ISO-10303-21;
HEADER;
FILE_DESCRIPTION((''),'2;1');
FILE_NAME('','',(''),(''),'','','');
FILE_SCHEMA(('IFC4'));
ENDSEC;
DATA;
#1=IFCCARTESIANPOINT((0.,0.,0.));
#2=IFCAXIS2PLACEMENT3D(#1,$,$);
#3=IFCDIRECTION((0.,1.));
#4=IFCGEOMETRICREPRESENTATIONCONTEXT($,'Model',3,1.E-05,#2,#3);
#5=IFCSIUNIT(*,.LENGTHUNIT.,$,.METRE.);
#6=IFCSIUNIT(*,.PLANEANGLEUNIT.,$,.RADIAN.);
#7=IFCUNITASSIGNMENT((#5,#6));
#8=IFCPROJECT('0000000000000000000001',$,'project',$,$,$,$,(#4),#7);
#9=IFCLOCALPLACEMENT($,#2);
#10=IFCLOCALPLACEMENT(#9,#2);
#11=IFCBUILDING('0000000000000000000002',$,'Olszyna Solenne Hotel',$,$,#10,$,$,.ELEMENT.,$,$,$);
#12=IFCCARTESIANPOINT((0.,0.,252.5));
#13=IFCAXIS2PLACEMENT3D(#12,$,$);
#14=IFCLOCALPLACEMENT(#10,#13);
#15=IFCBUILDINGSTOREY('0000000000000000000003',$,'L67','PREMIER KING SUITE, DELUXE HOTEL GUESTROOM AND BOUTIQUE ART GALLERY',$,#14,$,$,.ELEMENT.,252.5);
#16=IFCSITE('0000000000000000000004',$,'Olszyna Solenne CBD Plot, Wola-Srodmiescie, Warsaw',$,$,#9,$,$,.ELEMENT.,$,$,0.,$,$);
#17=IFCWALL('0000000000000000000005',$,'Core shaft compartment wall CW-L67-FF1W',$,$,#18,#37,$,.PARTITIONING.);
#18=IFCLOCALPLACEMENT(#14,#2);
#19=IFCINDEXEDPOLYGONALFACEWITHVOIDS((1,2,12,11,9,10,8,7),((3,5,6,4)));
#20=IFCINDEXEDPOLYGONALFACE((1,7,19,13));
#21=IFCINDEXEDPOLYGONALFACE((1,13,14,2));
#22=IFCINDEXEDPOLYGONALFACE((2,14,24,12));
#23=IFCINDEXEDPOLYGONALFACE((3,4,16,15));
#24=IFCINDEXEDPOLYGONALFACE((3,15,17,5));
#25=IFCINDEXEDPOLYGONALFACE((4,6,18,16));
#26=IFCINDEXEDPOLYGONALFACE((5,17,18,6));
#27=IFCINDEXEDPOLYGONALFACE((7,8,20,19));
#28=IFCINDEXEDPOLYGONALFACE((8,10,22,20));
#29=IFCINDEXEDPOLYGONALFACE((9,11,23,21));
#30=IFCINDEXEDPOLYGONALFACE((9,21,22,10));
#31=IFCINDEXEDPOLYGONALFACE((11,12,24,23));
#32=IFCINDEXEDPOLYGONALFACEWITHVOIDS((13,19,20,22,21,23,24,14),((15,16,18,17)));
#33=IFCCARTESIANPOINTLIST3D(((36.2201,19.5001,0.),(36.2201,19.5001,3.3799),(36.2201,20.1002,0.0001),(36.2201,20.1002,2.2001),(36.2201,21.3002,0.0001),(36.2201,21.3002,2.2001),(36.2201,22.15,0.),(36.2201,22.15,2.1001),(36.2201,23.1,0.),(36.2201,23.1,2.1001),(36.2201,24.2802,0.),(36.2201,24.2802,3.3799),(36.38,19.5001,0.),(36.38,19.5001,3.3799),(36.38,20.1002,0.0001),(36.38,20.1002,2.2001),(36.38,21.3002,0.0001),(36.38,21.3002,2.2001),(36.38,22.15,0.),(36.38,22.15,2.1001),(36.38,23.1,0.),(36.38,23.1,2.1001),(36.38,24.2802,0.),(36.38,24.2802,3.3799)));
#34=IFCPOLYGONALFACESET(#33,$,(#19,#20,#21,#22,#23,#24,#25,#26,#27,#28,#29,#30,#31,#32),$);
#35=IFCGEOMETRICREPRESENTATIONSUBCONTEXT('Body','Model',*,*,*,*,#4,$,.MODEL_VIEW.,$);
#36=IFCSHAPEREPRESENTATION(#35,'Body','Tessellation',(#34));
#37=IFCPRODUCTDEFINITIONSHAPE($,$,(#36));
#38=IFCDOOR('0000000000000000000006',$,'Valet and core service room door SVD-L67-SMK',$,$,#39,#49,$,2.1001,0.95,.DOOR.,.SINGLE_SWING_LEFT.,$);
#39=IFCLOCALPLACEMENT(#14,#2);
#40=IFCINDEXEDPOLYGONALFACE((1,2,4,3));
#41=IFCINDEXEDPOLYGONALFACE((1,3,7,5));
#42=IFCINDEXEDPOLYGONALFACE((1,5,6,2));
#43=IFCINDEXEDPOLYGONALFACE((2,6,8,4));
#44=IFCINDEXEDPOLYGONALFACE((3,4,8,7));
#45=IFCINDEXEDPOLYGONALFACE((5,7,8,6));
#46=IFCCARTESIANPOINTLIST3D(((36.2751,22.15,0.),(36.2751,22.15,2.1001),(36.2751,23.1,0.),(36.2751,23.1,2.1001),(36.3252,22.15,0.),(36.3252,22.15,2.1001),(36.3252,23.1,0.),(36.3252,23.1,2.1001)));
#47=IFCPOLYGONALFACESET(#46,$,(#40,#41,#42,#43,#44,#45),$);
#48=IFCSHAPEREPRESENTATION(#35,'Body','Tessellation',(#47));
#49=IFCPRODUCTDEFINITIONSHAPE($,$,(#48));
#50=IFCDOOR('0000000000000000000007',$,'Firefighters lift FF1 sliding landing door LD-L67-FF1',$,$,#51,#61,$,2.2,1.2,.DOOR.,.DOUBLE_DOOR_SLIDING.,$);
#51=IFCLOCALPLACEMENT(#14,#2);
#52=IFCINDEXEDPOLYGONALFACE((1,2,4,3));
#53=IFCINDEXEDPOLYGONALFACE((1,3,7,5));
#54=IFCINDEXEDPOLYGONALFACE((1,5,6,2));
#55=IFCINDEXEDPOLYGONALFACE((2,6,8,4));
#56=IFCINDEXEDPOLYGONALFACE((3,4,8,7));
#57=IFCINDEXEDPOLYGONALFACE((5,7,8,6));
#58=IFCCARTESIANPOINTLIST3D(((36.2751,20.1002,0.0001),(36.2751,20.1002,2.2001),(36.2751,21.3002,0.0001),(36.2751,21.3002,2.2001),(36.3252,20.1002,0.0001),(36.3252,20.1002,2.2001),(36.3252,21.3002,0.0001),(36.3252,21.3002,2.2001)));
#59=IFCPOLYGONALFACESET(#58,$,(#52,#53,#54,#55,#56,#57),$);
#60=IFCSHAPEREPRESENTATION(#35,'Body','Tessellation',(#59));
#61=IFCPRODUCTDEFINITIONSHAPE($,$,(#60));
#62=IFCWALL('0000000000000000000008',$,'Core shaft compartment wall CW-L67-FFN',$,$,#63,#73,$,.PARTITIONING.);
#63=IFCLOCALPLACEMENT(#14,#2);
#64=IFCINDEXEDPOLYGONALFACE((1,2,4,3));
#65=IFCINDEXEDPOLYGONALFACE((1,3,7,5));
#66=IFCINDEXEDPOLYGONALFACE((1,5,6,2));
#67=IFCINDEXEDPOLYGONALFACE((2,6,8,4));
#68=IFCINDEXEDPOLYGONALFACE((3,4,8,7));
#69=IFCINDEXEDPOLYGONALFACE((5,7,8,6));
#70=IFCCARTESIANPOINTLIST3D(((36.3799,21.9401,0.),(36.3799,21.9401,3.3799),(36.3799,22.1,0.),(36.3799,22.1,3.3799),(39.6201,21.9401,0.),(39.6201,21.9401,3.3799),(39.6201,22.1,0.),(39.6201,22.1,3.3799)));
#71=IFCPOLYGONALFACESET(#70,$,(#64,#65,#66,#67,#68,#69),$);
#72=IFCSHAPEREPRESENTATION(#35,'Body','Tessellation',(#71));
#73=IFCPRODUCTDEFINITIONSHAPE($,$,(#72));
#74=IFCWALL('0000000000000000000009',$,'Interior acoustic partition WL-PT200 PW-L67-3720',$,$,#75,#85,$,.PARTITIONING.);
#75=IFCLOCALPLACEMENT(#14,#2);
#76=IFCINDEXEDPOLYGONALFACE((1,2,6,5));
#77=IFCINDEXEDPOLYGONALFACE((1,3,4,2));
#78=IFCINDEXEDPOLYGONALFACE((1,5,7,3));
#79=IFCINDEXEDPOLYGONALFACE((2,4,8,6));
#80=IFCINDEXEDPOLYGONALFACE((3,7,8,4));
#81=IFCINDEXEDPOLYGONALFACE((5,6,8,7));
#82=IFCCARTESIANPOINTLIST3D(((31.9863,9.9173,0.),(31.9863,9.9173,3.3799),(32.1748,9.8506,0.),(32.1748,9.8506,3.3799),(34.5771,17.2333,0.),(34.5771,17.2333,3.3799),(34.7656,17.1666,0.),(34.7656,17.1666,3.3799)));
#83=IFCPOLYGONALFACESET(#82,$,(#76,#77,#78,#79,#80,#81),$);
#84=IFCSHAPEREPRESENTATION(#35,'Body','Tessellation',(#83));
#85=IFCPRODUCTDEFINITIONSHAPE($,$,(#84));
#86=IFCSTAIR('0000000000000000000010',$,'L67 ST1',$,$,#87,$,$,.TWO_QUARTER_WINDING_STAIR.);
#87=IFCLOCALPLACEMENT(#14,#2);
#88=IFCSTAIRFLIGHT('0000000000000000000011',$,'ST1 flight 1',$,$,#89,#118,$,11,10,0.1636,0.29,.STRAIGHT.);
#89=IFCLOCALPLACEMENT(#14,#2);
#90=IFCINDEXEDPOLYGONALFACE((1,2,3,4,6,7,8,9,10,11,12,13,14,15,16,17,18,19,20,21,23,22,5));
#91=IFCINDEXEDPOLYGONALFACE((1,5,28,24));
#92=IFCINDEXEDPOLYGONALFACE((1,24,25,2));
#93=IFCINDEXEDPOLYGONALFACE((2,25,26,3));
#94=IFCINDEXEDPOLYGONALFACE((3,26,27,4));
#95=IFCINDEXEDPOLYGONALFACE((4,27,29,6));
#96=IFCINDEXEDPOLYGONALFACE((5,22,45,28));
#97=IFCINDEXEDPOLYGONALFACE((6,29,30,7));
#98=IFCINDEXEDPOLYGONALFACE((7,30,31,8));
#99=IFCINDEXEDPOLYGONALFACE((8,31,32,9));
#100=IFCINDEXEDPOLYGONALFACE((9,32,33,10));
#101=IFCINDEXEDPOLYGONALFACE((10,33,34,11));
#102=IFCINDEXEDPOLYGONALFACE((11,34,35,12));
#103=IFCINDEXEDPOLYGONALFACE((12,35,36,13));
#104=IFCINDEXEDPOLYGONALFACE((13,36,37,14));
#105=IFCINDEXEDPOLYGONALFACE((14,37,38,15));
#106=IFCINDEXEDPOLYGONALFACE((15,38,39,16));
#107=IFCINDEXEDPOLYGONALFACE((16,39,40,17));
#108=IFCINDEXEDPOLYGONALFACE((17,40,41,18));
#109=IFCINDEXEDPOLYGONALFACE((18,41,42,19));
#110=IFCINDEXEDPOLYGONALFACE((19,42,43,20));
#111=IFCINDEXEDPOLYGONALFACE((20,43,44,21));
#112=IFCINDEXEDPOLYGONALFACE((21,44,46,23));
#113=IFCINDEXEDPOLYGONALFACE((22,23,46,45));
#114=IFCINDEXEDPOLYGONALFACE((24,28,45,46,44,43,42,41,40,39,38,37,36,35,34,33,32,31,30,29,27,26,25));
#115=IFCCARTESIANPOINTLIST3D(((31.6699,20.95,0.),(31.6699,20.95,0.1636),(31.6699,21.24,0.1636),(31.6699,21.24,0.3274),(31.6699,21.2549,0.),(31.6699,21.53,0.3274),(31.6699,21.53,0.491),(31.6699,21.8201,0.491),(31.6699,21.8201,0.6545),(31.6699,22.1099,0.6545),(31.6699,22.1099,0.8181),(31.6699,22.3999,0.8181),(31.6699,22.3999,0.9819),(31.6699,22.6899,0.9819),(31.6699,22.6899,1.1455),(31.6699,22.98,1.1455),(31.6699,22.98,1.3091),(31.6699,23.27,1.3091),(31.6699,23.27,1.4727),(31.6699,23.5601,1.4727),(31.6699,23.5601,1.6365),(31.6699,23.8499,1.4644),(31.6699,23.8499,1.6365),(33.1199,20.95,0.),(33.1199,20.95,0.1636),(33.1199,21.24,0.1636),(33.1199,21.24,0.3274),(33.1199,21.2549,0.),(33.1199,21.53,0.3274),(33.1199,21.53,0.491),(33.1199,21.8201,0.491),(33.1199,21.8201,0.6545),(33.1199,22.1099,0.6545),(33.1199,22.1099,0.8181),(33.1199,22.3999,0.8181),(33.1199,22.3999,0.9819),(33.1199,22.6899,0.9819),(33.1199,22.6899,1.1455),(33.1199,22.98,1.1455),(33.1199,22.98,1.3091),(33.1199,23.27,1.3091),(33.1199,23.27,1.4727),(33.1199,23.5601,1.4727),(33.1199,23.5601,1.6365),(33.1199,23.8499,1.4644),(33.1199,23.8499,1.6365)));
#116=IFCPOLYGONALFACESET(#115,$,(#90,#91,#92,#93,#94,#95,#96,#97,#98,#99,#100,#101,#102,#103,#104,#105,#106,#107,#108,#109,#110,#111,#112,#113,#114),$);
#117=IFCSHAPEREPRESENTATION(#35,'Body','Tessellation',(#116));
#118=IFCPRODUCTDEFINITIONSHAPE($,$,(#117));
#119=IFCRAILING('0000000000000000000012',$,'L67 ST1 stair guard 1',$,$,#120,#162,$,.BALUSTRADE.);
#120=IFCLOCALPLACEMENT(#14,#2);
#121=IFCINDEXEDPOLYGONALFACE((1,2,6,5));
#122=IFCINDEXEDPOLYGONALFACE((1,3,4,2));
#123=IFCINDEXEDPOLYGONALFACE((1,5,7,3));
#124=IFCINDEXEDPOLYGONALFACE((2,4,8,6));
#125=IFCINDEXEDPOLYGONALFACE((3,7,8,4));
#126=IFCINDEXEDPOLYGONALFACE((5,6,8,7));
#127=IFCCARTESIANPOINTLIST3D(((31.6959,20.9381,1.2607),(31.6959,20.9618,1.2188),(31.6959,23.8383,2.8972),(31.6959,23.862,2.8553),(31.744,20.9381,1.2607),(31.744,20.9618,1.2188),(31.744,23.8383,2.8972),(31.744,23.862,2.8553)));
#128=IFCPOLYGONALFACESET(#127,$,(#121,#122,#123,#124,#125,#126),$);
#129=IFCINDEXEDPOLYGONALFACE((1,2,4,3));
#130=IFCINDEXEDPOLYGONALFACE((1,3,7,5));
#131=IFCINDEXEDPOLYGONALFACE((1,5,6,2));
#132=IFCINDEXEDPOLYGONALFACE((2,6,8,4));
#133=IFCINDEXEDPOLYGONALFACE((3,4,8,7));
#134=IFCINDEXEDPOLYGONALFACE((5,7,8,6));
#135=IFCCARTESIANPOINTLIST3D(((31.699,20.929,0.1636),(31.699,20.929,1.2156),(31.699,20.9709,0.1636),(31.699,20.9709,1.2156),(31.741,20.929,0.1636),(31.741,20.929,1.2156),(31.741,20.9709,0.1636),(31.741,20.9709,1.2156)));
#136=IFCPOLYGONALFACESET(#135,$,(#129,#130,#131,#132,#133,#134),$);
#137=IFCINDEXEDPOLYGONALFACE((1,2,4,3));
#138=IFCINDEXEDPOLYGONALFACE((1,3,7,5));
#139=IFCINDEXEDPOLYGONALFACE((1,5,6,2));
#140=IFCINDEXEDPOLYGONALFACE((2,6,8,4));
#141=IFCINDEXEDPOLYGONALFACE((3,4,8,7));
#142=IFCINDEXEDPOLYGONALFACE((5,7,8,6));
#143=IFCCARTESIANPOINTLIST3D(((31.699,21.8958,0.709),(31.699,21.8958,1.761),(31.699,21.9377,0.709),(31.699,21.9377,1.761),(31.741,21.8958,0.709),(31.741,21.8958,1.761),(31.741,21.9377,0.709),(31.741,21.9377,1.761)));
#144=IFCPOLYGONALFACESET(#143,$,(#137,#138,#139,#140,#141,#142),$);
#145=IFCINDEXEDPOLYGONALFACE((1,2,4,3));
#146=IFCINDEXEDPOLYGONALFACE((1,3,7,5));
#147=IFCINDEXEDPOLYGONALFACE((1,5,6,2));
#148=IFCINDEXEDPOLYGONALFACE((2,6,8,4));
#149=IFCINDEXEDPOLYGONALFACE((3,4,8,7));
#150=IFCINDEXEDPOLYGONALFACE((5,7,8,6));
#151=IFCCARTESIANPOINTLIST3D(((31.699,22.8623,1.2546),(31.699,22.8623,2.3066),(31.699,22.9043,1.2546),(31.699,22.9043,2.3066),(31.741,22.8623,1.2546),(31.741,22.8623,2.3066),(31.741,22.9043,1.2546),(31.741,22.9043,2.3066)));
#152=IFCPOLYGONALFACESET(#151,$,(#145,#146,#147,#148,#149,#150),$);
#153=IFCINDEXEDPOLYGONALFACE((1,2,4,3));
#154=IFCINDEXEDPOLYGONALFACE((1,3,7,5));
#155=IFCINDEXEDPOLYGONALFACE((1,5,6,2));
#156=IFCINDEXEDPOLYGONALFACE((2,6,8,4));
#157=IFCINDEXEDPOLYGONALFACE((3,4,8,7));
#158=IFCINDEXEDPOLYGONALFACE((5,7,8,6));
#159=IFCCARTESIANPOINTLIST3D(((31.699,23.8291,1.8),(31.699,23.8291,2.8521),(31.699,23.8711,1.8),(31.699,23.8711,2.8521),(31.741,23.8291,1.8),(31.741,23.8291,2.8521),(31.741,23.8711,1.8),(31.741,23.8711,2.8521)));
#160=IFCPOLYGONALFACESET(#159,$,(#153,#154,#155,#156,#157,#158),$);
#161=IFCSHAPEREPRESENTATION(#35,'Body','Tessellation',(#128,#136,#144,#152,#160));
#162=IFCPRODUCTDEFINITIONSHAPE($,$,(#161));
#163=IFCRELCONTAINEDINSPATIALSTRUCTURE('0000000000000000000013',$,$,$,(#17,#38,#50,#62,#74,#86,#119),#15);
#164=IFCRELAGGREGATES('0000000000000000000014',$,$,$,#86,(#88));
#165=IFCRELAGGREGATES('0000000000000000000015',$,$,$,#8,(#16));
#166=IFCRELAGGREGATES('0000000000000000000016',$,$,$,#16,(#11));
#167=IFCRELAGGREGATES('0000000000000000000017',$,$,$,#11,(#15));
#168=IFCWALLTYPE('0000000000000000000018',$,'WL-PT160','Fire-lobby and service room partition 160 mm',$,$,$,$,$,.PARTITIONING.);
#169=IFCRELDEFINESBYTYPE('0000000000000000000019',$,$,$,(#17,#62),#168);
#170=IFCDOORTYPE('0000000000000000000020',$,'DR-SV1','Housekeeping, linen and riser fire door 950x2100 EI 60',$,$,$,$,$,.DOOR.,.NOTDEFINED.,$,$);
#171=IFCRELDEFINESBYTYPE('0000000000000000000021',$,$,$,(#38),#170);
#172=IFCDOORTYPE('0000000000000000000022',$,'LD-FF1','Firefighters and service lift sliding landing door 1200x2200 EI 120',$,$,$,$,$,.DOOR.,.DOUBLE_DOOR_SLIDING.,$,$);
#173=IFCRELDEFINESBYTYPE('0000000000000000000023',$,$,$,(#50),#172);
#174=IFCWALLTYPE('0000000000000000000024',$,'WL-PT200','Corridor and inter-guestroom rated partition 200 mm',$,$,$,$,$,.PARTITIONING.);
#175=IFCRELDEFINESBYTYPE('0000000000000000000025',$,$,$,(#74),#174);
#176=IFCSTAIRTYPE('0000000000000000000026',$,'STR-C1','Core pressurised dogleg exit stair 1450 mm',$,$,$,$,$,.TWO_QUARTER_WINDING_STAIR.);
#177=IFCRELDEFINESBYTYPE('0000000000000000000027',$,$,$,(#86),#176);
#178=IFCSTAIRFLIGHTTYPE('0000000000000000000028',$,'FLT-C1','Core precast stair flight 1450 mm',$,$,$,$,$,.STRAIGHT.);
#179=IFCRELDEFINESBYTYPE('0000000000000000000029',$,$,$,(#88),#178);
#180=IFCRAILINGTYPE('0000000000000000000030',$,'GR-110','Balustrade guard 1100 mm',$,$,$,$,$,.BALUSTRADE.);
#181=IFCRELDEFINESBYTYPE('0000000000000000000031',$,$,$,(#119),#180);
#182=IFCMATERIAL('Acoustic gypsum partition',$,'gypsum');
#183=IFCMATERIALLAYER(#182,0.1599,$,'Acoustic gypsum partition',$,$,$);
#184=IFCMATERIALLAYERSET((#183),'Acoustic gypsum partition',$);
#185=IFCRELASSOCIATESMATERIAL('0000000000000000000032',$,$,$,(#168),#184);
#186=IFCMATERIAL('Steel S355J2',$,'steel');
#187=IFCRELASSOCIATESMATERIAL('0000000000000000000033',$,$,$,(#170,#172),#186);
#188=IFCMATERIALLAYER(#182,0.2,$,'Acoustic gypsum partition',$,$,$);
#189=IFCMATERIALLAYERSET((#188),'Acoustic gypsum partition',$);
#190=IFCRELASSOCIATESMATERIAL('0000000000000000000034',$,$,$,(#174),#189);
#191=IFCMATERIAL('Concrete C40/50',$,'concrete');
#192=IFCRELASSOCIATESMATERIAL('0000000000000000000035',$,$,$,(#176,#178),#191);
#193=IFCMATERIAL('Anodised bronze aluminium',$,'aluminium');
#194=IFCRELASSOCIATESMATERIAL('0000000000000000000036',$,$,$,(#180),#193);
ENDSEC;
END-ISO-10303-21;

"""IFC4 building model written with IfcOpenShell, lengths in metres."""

from ifc_helpers import new_model, si_unit, direction, frame, frame_2d, origin, origin_2d, place, context, subcontext, project, spatial, polyline, rectangle, outline, extrude, source, transform, mapped, material, layer, layer_set, type_object, type_shapes, element, fill, aggregate, save


model = new_model("IFC4")

# Units and contexts
model_context = context("Model", 3, precision=1e-05, world=origin(), true_north=direction((0.0, 1.0)))
body_context = subcontext(model_context, "Body", "Model", "MODEL_VIEW")
ifc_project = project(units=[si_unit("LENGTHUNIT", "METRE"), si_unit("PLANEANGLEUNIT", "RADIAN")], contexts=[model_context])

# Site, building, storey
site_placement = place(None, origin())
site = spatial("IfcSite", under=ifc_project, at=site_placement, Name="Olszyna Solenne CBD Plot, Wola-Srodmiescie, Warsaw", CompositionType="ELEMENT", RefElevation=0.0)
building_placement = place(site_placement, origin())
building = spatial("IfcBuilding", under=site, at=building_placement, Name="Olszyna Solenne Hotel", CompositionType="ELEMENT")
storey_placement = place(building_placement, frame((0.0, 0.0, 252.5)))
storey = spatial("IfcBuildingStorey", under=building, at=storey_placement, Name="L67", Description="PREMIER KING SUITE, DELUXE HOTEL GUESTROOM AND BOUTIQUE ART GALLERY", CompositionType="ELEMENT", Elevation=252.5)

# Shared definitions
ifc_material_1 = material(Name="Steel S355J2", Category="steel")

# Shared definitions
ifc_material_2 = material(Name="Anodised bronze aluminium", Category="aluminium")

# Shared definitions
ifc_material_3 = material(Name="Acoustic gypsum partition", Category="gypsum")

# Shared definitions
ifc_layer_1 = layer(ifc_material_3, 0.1599, Name="Acoustic gypsum partition")
ifc_layer_set_1 = layer_set([ifc_layer_1], Name="Acoustic gypsum partition")
wall_type_1 = type_object("IfcWallType", Name="WL-PT160", Description="Fire-lobby and service room partition 160 mm", PredefinedType="PARTITIONING", material=ifc_layer_set_1)

# Wall, openings, doors
wall_1_placement = place(storey_placement, frame((36.3, 19.5, 0.0), z_axis=(0.0, 0.0, 1.0), x_axis=(0.0, 1.0, 0.0)))
wall_1 = element("IfcWall", 1, at=wall_1_placement, inside=storey, type_object=wall_type_1, Name="Core shaft compartment wall CW-L67-FF1W", PredefinedType="PARTITIONING", context=body_context, shape_type="SweptSolid", body=[
    extrude(rectangle(XDim=4.78, YDim=0.1599, at=frame_2d((2.3901, 0.0))), origin(), (0.0, 0.0, 1.0), 3.3799),
])
opening_1_placement = place(wall_1_placement, frame((0.6001, 0.0, 0.0)))
opening_1 = element("IfcOpeningElement", 2, at=opening_1_placement, cuts=wall_1, PredefinedType="OPENING", context=body_context, shape_type="SweptSolid", body=[
    extrude(rectangle(XDim=1.2, YDim=2.2, at=frame_2d((0.6001, 1.1001))), frame((0.0, 0.0898, 0.0), z_axis=(0.0, -1.0, 0.0), x_axis=(1.0, 0.0, 0.0)), (0.0, 0.0, 1.0), 0.1799),
])
opening_2_placement = place(wall_1_placement, frame((2.6499, 0.0, 0.0)))
opening_2 = element("IfcOpeningElement", 3, at=opening_2_placement, cuts=wall_1, PredefinedType="OPENING", context=body_context, shape_type="SweptSolid", body=[
    extrude(rectangle(XDim=0.95, YDim=2.1001, at=frame_2d((0.4751, 1.05))), frame((0.0, 0.0898, 0.0), z_axis=(0.0, -1.0, 0.0), x_axis=(1.0, 0.0, 0.0)), (0.0, 0.0, 1.0), 0.1799),
])
door_type_1 = type_object("IfcDoorType", Name="DR-SV1", Description="Housekeeping, linen and riser fire door 950x2100 EI 60", OperationType="NOTDEFINED", PredefinedType="DOOR", material=ifc_material_1)
shared_shape_1 = source(origin(), body_context, "Body", "SweptSolid", [
    extrude(rectangle(XDim=0.95, YDim=2.1001, at=frame_2d((0.4751, 1.05))), frame((0.0, 0.0249, 0.0), z_axis=(0.0, -1.0, 0.0), x_axis=(1.0, 0.0, 0.0)), (0.0, 0.0, 1.0), 0.05),
])
type_shapes(door_type_1, [shared_shape_1])
door_1_placement = place(opening_2_placement, origin())
door_1 = element("IfcDoor", 4, at=door_1_placement, inside=storey, type_object=door_type_1, Name="Valet and core service room door SVD-L67-SMK", OperationType="SINGLE_SWING_LEFT", OverallHeight=2.1001, OverallWidth=0.95, PredefinedType="DOOR", context=body_context, shape_type="MappedRepresentation", body=[
    mapped(shared_shape_1, transform((0.0, 0.0, 0.0), x_axis=(1.0, 0.0, 0.0), y_axis=(0.0, 1.0, 0.0), z_axis=(0.0, 0.0, 1.0), scale=1.0)),
])
fill(opening_2, door_1)
door_type_2 = type_object("IfcDoorType", Name="LD-FF1", Description="Firefighters and service lift sliding landing door 1200x2200 EI 120", OperationType="DOUBLE_DOOR_SLIDING", PredefinedType="DOOR", material=ifc_material_1)
shared_shape_2 = source(origin(), body_context, "Body", "SweptSolid", [
    extrude(rectangle(XDim=1.2, YDim=2.2, at=frame_2d((0.6001, 1.1001))), frame((0.0, 0.0249, 0.0), z_axis=(0.0, -1.0, 0.0), x_axis=(1.0, 0.0, 0.0)), (0.0, 0.0, 1.0), 0.05),
])
type_shapes(door_type_2, [shared_shape_2])
door_2_placement = place(opening_1_placement, origin())
door_2 = element("IfcDoor", 5, at=door_2_placement, inside=storey, type_object=door_type_2, Name="Firefighters lift FF1 sliding landing door LD-L67-FF1", OperationType="DOUBLE_DOOR_SLIDING", OverallHeight=2.2, OverallWidth=1.2, PredefinedType="DOOR", context=body_context, shape_type="MappedRepresentation", body=[
    mapped(shared_shape_2, transform((0.0, 0.0, 0.0), x_axis=(1.0, 0.0, 0.0), y_axis=(0.0, 1.0, 0.0), z_axis=(0.0, 0.0, 1.0), scale=1.0)),
])
fill(opening_1, door_2)

# Walls
wall_2_placement = place(storey_placement, frame((36.3799, 22.02, 0.0), z_axis=(0.0, 0.0, 1.0), x_axis=(1.0, 0.0, 0.0)))
element("IfcWall", 6, at=wall_2_placement, inside=storey, type_object=wall_type_1, Name="Core shaft compartment wall CW-L67-FFN", PredefinedType="PARTITIONING", context=body_context, shape_type="SweptSolid", body=[
    extrude(rectangle(XDim=3.2402, YDim=0.1599, at=frame_2d((1.6201, 0.0))), origin(), (0.0, 0.0, 1.0), 3.3799),
])
ifc_layer_2 = layer(ifc_material_3, 0.2, Name="Acoustic gypsum partition")
ifc_layer_set_2 = layer_set([ifc_layer_2], Name="Acoustic gypsum partition")
wall_type_2 = type_object("IfcWallType", Name="WL-PT200", Description="Corridor and inter-guestroom rated partition 200 mm", PredefinedType="PARTITIONING", material=ifc_layer_set_2)
wall_3_placement = place(storey_placement, frame((34.6714, 17.2, 0.0), z_axis=(0.0, 0.0, 1.0), x_axis=(-0.33382, -0.942637, 0.0)))
element("IfcWall", 7, at=wall_3_placement, inside=storey, type_object=wall_type_2, Name="Interior acoustic partition WL-PT200 PW-L67-3720", PredefinedType="PARTITIONING", context=body_context, shape_type="SweptSolid", body=[
    extrude(rectangle(XDim=7.7612, YDim=0.2, at=frame_2d((3.8806, 0.0))), origin(), (0.0, 0.0, 1.0), 3.3799),
])

# Stair, stair flight
ifc_material_4 = material(Name="Concrete C40/50", Category="concrete")
stair_type = type_object("IfcStairType", Name="STR-C1", Description="Core pressurised dogleg exit stair 1450 mm", PredefinedType="TWO_QUARTER_WINDING_STAIR", material=ifc_material_4)
stair_placement = place(storey_placement, origin())
stair = element("IfcStair", 8, at=stair_placement, inside=storey, type_object=stair_type, Name="L67 ST1", PredefinedType="TWO_QUARTER_WINDING_STAIR")
stair_flight_type = type_object("IfcStairFlightType", Name="FLT-C1", Description="Core precast stair flight 1450 mm", PredefinedType="STRAIGHT", material=ifc_material_4)
stair_flight_placement = place(storey_placement, frame((32.395, 20.95, 0.0), z_axis=(0.0, 0.0, 1.0), x_axis=(0.0, 1.0, 0.0)))
stair_flight = element("IfcStairFlight", 9, at=stair_flight_placement, type_object=stair_flight_type, Name="ST1 flight 1", NumberOfRisers=11, NumberOfTreads=10, PredefinedType="STRAIGHT", RiserHeight=0.1636, TreadLength=0.29, context=body_context, shape_type="SweptSolid", body=[
    extrude(outline(polyline([(0.0, 0.0), (0.0, 0.1636), (0.29, 0.1636), (0.29, 0.3274), (0.5801, 0.3274), (0.5801, 0.491), (0.8701, 0.491), (0.8701, 0.6545), (1.1599, 0.6545), (1.1599, 0.8181), (1.45, 0.8181), (1.45, 0.9819), (1.74, 0.9819), (1.74, 1.1455), (2.03, 1.1455), (2.03, 1.3091), (2.3201, 1.3091), (2.3201, 1.4727), (2.6101, 1.4727), (2.6101, 1.6365), (2.8999, 1.6365), (2.8999, 1.8), (2.8999, 1.4644), (0.3049, 0.0), (0.0, 0.0)])), frame((0.0, 0.7251, 0.0), z_axis=(0.0, -1.0, 0.0), x_axis=(1.0, 0.0, 0.0)), (0.0, 0.0, 1.0), 1.45),
])
aggregate(stair, [stair_flight])

# Railing
railing_type_1 = type_object("IfcRailingType", Name="GR-110", Description="Balustrade guard 1100 mm", PredefinedType="BALUSTRADE", material=ifc_material_2)
railing_1_placement = place(storey_placement, frame((31.72, 20.95, 0.1636)))
element("IfcRailing", 10, at=railing_1_placement, inside=storey, type_object=railing_type_1, Name="L67 ST1 stair guard 1", PredefinedType="BALUSTRADE", context=body_context, shape_type="SweptSolid", body=[
    extrude(rectangle(XDim=0.0481, YDim=0.0481, at=origin_2d()), frame((0.0, 0.0, 1.0762), z_axis=(0.0, 0.870915, 0.491434), x_axis=(-1.0, 0.0, 0.0)), (0.0, 0.0, 1.0), 3.3301),
    extrude(rectangle(XDim=0.042, YDim=0.042, at=origin_2d()), origin(), (0.0, 0.0, 1.0), 1.052),
    extrude(rectangle(XDim=0.042, YDim=0.042, at=origin_2d()), frame((0.0, 0.9668, 0.5454)), (0.0, 0.0, 1.0), 1.052),
    extrude(rectangle(XDim=0.042, YDim=0.042, at=origin_2d()), frame((0.0, 1.9333, 1.0911)), (0.0, 0.0, 1.0), 1.052),
    extrude(rectangle(XDim=0.042, YDim=0.042, at=origin_2d()), frame((0.0, 2.9001, 1.6365)), (0.0, 0.0, 1.0), 1.052),
])

save(model, "model.ifc")
